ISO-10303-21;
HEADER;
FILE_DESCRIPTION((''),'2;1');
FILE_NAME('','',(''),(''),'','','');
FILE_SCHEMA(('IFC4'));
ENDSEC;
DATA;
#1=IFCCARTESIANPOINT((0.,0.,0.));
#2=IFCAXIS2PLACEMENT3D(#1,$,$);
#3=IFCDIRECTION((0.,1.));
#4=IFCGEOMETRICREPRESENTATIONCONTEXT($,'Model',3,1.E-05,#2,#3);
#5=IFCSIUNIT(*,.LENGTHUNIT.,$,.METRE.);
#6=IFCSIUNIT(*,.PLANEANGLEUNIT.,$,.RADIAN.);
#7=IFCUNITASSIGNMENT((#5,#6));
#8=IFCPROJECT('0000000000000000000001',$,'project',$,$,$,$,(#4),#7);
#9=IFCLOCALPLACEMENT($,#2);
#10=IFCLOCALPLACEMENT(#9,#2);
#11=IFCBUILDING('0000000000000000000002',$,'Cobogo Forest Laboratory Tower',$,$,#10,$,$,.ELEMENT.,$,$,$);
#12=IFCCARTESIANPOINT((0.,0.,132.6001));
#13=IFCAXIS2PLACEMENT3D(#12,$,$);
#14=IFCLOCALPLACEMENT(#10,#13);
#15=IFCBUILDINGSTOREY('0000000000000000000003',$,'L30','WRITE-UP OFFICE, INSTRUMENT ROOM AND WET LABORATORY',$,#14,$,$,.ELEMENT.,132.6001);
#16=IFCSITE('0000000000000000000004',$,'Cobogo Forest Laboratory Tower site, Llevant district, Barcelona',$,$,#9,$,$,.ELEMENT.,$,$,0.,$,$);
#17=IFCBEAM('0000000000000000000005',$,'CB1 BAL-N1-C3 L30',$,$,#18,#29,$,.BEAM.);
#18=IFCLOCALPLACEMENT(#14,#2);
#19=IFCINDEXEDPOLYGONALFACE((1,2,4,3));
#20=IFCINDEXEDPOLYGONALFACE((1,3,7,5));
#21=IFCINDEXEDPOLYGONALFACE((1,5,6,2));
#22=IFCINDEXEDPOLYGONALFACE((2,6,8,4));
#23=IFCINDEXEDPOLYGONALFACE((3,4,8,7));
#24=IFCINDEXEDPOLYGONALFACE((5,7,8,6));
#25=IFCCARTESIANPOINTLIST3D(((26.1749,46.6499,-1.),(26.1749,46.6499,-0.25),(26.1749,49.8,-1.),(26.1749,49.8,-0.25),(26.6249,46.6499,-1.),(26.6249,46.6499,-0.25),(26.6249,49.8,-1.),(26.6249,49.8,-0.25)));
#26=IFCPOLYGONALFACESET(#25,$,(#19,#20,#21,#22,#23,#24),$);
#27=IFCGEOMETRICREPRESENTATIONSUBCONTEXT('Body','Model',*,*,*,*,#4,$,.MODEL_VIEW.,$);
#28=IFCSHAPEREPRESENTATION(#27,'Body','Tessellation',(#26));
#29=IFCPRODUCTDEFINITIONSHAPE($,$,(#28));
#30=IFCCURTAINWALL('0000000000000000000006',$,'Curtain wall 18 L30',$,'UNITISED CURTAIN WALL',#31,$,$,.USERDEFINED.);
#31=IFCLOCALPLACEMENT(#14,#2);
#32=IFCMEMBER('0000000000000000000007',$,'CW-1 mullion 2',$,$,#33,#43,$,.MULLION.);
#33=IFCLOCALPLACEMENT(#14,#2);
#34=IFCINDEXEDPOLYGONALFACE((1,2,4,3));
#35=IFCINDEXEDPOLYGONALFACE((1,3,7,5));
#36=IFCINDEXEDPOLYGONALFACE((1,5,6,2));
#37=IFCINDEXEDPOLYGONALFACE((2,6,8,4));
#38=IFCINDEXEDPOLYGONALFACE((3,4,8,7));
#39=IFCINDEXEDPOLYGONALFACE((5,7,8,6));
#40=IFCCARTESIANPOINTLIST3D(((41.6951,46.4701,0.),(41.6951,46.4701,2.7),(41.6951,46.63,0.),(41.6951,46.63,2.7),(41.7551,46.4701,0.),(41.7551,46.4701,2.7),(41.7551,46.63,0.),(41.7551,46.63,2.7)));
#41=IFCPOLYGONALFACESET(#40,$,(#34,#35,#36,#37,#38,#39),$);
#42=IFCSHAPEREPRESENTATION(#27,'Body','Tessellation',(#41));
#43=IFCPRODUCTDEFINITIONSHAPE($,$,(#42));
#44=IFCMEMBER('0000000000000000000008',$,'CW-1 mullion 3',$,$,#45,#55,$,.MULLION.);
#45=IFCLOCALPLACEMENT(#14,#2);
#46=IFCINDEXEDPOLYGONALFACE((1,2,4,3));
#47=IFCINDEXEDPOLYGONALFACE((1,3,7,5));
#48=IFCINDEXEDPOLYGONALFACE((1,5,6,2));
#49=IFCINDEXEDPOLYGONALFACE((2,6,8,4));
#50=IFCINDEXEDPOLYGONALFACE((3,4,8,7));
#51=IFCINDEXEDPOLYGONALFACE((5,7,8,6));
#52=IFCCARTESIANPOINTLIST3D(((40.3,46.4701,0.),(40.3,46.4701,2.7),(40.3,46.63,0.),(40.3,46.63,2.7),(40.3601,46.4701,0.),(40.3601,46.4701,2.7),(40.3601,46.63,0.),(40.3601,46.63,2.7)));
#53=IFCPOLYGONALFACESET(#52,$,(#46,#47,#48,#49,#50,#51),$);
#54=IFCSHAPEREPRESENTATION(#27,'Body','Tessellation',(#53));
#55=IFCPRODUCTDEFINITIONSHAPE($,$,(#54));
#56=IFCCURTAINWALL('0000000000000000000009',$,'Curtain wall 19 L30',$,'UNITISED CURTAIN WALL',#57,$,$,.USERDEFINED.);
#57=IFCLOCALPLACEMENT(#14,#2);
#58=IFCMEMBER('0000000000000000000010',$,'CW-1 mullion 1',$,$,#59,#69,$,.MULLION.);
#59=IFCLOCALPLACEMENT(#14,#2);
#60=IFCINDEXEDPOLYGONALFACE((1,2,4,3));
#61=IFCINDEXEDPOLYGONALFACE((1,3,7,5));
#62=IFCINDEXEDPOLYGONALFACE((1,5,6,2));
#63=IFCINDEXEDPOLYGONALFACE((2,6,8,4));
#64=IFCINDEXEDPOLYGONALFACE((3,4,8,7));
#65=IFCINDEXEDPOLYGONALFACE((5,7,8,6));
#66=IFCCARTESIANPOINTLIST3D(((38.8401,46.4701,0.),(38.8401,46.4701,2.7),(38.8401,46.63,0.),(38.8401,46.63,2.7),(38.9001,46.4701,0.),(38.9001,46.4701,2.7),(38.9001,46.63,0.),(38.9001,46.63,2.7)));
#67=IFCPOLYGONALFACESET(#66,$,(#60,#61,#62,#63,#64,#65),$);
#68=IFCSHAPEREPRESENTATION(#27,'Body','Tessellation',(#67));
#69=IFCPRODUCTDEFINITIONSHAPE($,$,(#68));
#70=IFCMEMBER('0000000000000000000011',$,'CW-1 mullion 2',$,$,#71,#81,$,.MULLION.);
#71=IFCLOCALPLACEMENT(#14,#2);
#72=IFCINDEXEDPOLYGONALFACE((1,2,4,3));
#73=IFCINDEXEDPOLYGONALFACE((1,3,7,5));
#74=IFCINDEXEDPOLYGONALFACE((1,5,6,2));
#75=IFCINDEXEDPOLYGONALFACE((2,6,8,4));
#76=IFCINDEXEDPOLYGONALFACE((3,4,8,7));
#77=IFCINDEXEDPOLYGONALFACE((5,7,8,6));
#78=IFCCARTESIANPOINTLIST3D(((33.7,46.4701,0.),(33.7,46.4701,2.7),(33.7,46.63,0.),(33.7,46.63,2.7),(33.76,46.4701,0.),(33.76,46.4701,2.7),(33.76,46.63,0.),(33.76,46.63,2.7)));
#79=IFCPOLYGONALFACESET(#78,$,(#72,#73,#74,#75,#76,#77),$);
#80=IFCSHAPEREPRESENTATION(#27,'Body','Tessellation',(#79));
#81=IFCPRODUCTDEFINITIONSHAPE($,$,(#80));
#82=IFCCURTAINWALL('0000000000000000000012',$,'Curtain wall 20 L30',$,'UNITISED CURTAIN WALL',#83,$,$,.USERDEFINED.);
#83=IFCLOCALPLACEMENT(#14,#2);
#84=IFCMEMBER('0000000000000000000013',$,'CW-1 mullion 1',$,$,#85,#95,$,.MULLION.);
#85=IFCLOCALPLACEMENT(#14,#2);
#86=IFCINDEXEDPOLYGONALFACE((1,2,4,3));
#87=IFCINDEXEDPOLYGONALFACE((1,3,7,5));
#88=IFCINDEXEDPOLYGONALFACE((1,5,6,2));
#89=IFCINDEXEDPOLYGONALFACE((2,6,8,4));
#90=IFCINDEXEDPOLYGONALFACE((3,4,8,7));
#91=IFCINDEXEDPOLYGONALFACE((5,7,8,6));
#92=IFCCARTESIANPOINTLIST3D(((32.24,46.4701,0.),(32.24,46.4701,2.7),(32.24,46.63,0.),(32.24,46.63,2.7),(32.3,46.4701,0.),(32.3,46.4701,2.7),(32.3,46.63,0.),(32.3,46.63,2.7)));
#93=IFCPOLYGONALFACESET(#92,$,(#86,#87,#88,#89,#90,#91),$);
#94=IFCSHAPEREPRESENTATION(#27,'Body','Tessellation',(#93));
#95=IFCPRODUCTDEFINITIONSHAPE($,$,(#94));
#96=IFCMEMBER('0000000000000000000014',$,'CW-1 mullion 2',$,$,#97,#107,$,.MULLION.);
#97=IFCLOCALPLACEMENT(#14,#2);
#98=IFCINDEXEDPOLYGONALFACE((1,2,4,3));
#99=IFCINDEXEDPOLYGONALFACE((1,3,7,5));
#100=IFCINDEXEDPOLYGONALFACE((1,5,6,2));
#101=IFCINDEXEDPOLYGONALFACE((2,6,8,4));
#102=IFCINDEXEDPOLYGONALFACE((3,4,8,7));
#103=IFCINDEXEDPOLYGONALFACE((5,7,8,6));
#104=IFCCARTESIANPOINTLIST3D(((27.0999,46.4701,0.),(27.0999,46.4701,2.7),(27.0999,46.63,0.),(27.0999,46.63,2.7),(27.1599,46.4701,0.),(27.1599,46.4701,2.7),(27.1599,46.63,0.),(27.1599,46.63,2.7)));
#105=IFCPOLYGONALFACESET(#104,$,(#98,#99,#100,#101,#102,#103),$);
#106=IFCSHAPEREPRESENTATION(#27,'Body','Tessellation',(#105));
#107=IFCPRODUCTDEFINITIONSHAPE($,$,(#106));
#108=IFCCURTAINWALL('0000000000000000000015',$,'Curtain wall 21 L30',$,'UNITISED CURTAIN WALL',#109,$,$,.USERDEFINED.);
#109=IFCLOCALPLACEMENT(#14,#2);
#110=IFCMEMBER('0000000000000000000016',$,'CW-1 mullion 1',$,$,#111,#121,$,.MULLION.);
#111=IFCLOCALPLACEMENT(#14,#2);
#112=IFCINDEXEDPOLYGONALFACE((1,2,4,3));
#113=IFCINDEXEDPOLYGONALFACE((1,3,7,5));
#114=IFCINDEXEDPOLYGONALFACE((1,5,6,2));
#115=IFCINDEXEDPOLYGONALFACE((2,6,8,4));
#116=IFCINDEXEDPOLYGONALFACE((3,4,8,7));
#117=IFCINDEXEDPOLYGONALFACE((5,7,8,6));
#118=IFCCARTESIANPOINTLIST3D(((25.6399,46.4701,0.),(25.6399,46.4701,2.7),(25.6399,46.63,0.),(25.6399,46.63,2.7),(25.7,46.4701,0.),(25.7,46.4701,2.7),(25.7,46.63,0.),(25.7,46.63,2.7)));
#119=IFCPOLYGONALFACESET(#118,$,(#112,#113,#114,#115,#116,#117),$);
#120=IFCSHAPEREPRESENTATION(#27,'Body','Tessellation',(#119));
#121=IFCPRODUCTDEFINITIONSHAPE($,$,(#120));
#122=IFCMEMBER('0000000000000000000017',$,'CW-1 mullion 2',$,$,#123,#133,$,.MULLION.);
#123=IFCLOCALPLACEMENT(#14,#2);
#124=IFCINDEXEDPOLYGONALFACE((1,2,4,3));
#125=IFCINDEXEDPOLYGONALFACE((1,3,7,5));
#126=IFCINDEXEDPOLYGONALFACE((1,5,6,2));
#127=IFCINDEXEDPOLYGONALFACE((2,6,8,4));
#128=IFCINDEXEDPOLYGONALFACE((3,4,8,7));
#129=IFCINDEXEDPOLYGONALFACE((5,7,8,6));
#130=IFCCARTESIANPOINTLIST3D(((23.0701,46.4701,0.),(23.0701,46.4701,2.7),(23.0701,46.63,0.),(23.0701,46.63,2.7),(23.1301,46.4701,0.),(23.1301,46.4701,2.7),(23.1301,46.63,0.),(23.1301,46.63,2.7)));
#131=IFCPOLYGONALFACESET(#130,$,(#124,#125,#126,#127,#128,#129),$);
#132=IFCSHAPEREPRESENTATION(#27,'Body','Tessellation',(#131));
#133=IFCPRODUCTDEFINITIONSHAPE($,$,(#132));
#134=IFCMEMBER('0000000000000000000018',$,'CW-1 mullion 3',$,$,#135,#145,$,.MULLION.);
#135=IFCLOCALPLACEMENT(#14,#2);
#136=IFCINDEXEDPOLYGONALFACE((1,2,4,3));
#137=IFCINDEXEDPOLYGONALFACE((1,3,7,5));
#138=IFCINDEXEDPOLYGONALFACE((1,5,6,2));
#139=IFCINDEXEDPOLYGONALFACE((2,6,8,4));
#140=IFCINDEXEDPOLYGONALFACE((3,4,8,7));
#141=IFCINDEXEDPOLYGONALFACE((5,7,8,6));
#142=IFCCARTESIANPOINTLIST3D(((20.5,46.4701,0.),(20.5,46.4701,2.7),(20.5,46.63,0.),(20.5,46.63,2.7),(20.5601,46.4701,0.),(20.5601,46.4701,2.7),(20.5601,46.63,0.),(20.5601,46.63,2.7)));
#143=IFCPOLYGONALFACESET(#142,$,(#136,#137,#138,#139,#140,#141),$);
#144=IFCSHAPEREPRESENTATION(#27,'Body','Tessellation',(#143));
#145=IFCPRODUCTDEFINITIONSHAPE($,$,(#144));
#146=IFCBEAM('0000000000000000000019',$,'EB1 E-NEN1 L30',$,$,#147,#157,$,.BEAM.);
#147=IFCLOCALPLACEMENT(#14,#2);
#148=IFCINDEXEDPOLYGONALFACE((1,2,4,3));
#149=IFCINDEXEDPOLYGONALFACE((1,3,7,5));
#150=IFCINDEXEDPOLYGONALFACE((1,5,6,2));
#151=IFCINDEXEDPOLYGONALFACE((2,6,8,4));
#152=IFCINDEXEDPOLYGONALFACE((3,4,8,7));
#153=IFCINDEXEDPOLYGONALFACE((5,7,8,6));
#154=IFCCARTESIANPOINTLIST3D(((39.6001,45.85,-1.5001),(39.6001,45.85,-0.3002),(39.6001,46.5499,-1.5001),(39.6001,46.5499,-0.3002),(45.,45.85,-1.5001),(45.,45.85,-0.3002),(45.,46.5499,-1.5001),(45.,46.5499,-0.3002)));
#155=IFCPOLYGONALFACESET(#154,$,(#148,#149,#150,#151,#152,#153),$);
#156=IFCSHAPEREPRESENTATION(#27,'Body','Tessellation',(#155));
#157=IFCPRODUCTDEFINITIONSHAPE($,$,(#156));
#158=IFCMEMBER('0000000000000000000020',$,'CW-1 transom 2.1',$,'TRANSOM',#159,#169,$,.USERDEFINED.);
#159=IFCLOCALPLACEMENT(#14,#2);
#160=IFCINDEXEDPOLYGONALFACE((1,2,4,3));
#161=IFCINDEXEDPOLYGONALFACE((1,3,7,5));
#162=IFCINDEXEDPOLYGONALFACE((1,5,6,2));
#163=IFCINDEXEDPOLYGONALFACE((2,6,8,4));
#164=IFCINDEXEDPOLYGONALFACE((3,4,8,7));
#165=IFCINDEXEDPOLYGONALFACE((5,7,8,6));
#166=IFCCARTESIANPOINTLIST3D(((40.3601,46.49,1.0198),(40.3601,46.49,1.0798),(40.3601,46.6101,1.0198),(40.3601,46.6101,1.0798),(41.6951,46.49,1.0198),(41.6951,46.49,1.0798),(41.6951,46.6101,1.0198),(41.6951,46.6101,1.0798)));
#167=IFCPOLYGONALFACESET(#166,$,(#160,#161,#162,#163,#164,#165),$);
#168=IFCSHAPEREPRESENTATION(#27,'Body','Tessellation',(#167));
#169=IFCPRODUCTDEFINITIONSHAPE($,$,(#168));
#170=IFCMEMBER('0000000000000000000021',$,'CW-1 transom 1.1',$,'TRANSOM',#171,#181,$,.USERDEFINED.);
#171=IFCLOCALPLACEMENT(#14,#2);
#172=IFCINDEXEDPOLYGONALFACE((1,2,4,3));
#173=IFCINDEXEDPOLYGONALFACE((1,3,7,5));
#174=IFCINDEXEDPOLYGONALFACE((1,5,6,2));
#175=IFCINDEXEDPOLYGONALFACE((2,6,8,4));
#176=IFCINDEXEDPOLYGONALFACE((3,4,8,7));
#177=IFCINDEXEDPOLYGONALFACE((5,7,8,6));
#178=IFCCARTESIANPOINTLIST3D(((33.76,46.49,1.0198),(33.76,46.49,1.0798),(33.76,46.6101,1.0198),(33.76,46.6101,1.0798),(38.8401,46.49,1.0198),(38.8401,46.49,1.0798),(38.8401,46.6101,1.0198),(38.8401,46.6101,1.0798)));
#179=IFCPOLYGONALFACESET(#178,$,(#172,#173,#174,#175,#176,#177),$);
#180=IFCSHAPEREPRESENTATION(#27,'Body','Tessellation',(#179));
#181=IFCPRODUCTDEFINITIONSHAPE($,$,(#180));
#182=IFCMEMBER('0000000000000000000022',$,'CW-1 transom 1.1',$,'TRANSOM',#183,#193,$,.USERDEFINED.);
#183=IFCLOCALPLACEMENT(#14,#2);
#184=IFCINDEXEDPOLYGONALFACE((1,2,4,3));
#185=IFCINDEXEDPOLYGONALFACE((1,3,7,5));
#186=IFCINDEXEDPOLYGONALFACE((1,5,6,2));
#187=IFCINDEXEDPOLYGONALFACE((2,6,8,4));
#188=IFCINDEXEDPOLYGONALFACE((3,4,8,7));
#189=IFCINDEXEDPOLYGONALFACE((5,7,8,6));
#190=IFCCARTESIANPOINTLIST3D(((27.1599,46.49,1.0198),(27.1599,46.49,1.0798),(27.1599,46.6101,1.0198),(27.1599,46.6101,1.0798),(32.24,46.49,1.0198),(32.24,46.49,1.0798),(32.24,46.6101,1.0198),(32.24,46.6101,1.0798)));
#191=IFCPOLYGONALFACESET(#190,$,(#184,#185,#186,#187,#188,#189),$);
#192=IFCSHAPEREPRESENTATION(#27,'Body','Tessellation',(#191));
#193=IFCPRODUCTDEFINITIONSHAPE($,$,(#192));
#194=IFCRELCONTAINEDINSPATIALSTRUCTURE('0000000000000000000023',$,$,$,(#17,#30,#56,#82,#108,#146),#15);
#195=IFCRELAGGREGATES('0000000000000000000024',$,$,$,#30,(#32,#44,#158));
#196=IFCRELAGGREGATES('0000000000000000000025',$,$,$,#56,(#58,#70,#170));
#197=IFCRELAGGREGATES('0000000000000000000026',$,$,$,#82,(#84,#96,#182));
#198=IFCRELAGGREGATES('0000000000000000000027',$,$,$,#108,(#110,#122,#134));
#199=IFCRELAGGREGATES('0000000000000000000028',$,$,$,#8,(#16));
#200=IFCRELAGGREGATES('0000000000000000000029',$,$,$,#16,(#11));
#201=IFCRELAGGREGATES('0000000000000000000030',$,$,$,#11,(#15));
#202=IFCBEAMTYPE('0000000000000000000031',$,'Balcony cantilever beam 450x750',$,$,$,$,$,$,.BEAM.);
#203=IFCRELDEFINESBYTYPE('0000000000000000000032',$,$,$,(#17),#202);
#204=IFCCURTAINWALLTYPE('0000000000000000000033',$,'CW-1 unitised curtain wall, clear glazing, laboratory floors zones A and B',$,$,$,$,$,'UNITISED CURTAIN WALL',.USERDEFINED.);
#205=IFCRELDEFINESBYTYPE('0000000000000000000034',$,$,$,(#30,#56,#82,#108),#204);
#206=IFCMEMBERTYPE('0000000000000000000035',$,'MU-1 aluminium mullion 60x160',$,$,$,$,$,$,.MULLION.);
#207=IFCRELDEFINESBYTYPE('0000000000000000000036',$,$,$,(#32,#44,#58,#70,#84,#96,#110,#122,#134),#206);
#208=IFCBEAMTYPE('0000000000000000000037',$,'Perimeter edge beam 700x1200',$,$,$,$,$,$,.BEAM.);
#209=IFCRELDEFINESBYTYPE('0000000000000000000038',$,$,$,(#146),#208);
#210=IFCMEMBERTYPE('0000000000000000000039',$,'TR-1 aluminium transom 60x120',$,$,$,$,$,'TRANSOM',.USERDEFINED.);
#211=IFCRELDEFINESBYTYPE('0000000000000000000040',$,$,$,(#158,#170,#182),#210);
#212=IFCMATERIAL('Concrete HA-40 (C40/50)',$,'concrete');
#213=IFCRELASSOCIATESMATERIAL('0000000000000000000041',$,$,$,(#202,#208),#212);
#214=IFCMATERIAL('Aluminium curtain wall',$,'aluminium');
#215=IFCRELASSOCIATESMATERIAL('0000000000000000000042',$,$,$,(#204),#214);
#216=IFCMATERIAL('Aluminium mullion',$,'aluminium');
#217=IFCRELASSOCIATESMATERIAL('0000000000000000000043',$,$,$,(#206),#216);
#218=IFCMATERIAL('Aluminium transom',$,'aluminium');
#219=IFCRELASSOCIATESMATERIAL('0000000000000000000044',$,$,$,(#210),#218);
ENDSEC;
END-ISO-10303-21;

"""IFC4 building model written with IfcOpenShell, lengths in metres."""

from ifc_helpers import new_model, si_unit, direction, frame, origin, origin_2d, place, context, subcontext, project, spatial, rectangle, extrude, material, material_profile, profile_set, type_object, element, aggregate, save


model = new_model("IFC4")

# Units and contexts
model_context = context("Model", 3, precision=1e-05, world=origin(), true_north=direction((0.0, 1.0)))
body_context = subcontext(model_context, "Body", "Model", "MODEL_VIEW")
ifc_project = project(units=[si_unit("LENGTHUNIT", "METRE"), si_unit("PLANEANGLEUNIT", "RADIAN")], contexts=[model_context])

# Site, building, storey
site_placement = place(None, origin())
site = spatial("IfcSite", under=ifc_project, at=site_placement, Name="Cobogo Forest Laboratory Tower site, Llevant district, Barcelona", CompositionType="ELEMENT", RefElevation=0.0)
building_placement = place(site_placement, origin())
building = spatial("IfcBuilding", under=site, at=building_placement, Name="Cobogo Forest Laboratory Tower", CompositionType="ELEMENT")
storey_placement = place(building_placement, frame((0.0, 0.0, 132.6001)))
storey = spatial("IfcBuildingStorey", under=building, at=storey_placement, Name="L30", Description="WRITE-UP OFFICE, INSTRUMENT ROOM AND WET LABORATORY", CompositionType="ELEMENT", Elevation=132.6001)

# Beam
ifc_material_1 = material(Name="Concrete HA-40 (C40/50)", Category="concrete")
ifc_material_profile_1 = material_profile(ifc_material_1, rectangle(XDim=0.45, YDim=0.75, at=origin_2d()), Name="RC 450x750")
ifc_profile_set_1 = profile_set([ifc_material_profile_1], Name="Concrete HA-40 (C40/50)")
beam_type_1 = type_object("IfcBeamType", Name="Balcony cantilever beam 450x750", PredefinedType="BEAM", material=ifc_profile_set_1)
beam_1_placement = place(storey_placement, frame((26.3999, 46.6499, -0.625), z_axis=(0.0, 1.0, 0.0), x_axis=(-1.0, 0.0, 0.0)))
element("IfcBeam", 1, at=beam_1_placement, inside=storey, type_object=beam_type_1, Name="CB1 BAL-N1-C3 L30", PredefinedType="BEAM", context=body_context, shape_type="SweptSolid", body=[
    extrude(rectangle(XDim=0.45, YDim=0.75, at=origin_2d()), origin(), (0.0, 0.0, 1.0), 3.1501),
])

# Curtain walls, members
ifc_material_2 = material(Name="Aluminium curtain wall", Category="aluminium")
curtain_wall_type = type_object("IfcCurtainWallType", Name="CW-1 unitised curtain wall, clear glazing, laboratory floors zones A and B", ElementType="UNITISED CURTAIN WALL", PredefinedType="USERDEFINED", material=ifc_material_2)
curtain_wall_1_placement = place(storey_placement, origin())
curtain_wall_1 = element("IfcCurtainWall", 2, at=curtain_wall_1_placement, inside=storey, type_object=curtain_wall_type, Name="Curtain wall 18 L30", ObjectType="UNITISED CURTAIN WALL", PredefinedType="USERDEFINED")
ifc_material_3 = material(Name="Aluminium mullion", Category="aluminium")
ifc_material_profile_2 = material_profile(ifc_material_3, rectangle(XDim=0.0601, YDim=0.1599, at=origin_2d()), Name="AL 60x160")
ifc_profile_set_2 = profile_set([ifc_material_profile_2], Name="Aluminium mullion")
member_type_1 = type_object("IfcMemberType", Name="MU-1 aluminium mullion 60x160", PredefinedType="MULLION", material=ifc_profile_set_2)
member_1_placement = place(storey_placement, frame((41.7251, 46.55, 0.0), z_axis=(0.0, 0.0, 1.0), x_axis=(-1.0, 0.0, 0.0)))
member_1 = element("IfcMember", 3, at=member_1_placement, type_object=member_type_1, Name="CW-1 mullion 2", PredefinedType="MULLION", context=body_context, shape_type="SweptSolid", body=[
    extrude(rectangle(XDim=0.0601, YDim=0.1599, at=origin_2d()), origin(), (0.0, 0.0, 1.0), 2.7),
])
member_2_placement = place(storey_placement, frame((40.3301, 46.55, 0.0), z_axis=(0.0, 0.0, 1.0), x_axis=(-1.0, 0.0, 0.0)))
member_2 = element("IfcMember", 4, at=member_2_placement, type_object=member_type_1, Name="CW-1 mullion 3", PredefinedType="MULLION", context=body_context, shape_type="SweptSolid", body=[
    extrude(rectangle(XDim=0.0601, YDim=0.1599, at=origin_2d()), origin(), (0.0, 0.0, 1.0), 2.7),
])
curtain_wall_2_placement = place(storey_placement, origin())
curtain_wall_2 = element("IfcCurtainWall", 5, at=curtain_wall_2_placement, inside=storey, type_object=curtain_wall_type, Name="Curtain wall 19 L30", ObjectType="UNITISED CURTAIN WALL", PredefinedType="USERDEFINED")
member_3_placement = place(storey_placement, frame((38.8701, 46.55, 0.0), z_axis=(0.0, 0.0, 1.0), x_axis=(-1.0, 0.0, 0.0)))
member_3 = element("IfcMember", 6, at=member_3_placement, type_object=member_type_1, Name="CW-1 mullion 1", PredefinedType="MULLION", context=body_context, shape_type="SweptSolid", body=[
    extrude(rectangle(XDim=0.0601, YDim=0.1599, at=origin_2d()), origin(), (0.0, 0.0, 1.0), 2.7),
])
member_4_placement = place(storey_placement, frame((33.73, 46.55, 0.0), z_axis=(0.0, 0.0, 1.0), x_axis=(-1.0, 0.0, 0.0)))
member_4 = element("IfcMember", 7, at=member_4_placement, type_object=member_type_1, Name="CW-1 mullion 2", PredefinedType="MULLION", context=body_context, shape_type="SweptSolid", body=[
    extrude(rectangle(XDim=0.0601, YDim=0.1599, at=origin_2d()), origin(), (0.0, 0.0, 1.0), 2.7),
])
curtain_wall_3_placement = place(storey_placement, origin())
curtain_wall_3 = element("IfcCurtainWall", 8, at=curtain_wall_3_placement, inside=storey, type_object=curtain_wall_type, Name="Curtain wall 20 L30", ObjectType="UNITISED CURTAIN WALL", PredefinedType="USERDEFINED")
member_5_placement = place(storey_placement, frame((32.27, 46.55, 0.0), z_axis=(0.0, 0.0, 1.0), x_axis=(-1.0, 0.0, 0.0)))
member_5 = element("IfcMember", 9, at=member_5_placement, type_object=member_type_1, Name="CW-1 mullion 1", PredefinedType="MULLION", context=body_context, shape_type="SweptSolid", body=[
    extrude(rectangle(XDim=0.0601, YDim=0.1599, at=origin_2d()), origin(), (0.0, 0.0, 1.0), 2.7),
])
member_6_placement = place(storey_placement, frame((27.1299, 46.55, 0.0), z_axis=(0.0, 0.0, 1.0), x_axis=(-1.0, 0.0, 0.0)))
member_6 = element("IfcMember", 10, at=member_6_placement, type_object=member_type_1, Name="CW-1 mullion 2", PredefinedType="MULLION", context=body_context, shape_type="SweptSolid", body=[
    extrude(rectangle(XDim=0.0601, YDim=0.1599, at=origin_2d()), origin(), (0.0, 0.0, 1.0), 2.7),
])
curtain_wall_4_placement = place(storey_placement, origin())
curtain_wall_4 = element("IfcCurtainWall", 11, at=curtain_wall_4_placement, inside=storey, type_object=curtain_wall_type, Name="Curtain wall 21 L30", ObjectType="UNITISED CURTAIN WALL", PredefinedType="USERDEFINED")
member_7_placement = place(storey_placement, frame((25.6699, 46.55, 0.0), z_axis=(0.0, 0.0, 1.0), x_axis=(-1.0, 0.0, 0.0)))
member_7 = element("IfcMember", 12, at=member_7_placement, type_object=member_type_1, Name="CW-1 mullion 1", PredefinedType="MULLION", context=body_context, shape_type="SweptSolid", body=[
    extrude(rectangle(XDim=0.0601, YDim=0.1599, at=origin_2d()), origin(), (0.0, 0.0, 1.0), 2.7),
])
member_8_placement = place(storey_placement, frame((23.1001, 46.55, 0.0), z_axis=(0.0, 0.0, 1.0), x_axis=(-1.0, 0.0, 0.0)))
member_8 = element("IfcMember", 13, at=member_8_placement, type_object=member_type_1, Name="CW-1 mullion 2", PredefinedType="MULLION", context=body_context, shape_type="SweptSolid", body=[
    extrude(rectangle(XDim=0.0601, YDim=0.1599, at=origin_2d()), origin(), (0.0, 0.0, 1.0), 2.7),
])
member_9_placement = place(storey_placement, frame((20.53, 46.55, 0.0), z_axis=(0.0, 0.0, 1.0), x_axis=(-1.0, 0.0, 0.0)))
member_9 = element("IfcMember", 14, at=member_9_placement, type_object=member_type_1, Name="CW-1 mullion 3", PredefinedType="MULLION", context=body_context, shape_type="SweptSolid", body=[
    extrude(rectangle(XDim=0.0601, YDim=0.1599, at=origin_2d()), origin(), (0.0, 0.0, 1.0), 2.7),
])

# Beam
ifc_material_profile_3 = material_profile(ifc_material_1, rectangle(XDim=0.7, YDim=1.2, at=origin_2d()), Name="RC 700x1200")
ifc_profile_set_3 = profile_set([ifc_material_profile_3], Name="Concrete HA-40 (C40/50)")
beam_type_2 = type_object("IfcBeamType", Name="Perimeter edge beam 700x1200", PredefinedType="BEAM", material=ifc_profile_set_3)
beam_2_placement = place(storey_placement, frame((39.6001, 46.2, -0.9001), z_axis=(1.0, 0.0, 0.0), x_axis=(0.0, 1.0, 0.0)))
element("IfcBeam", 15, at=beam_2_placement, inside=storey, type_object=beam_type_2, Name="EB1 E-NEN1 L30", PredefinedType="BEAM", context=body_context, shape_type="SweptSolid", body=[
    extrude(rectangle(XDim=0.7, YDim=1.2, at=origin_2d()), origin(), (0.0, 0.0, 1.0), 5.3999),
])

# Members
ifc_material_4 = material(Name="Aluminium transom", Category="aluminium")
ifc_material_profile_4 = material_profile(ifc_material_4, rectangle(XDim=0.1201, YDim=0.0601, at=origin_2d()), Name="AL 60x120")
ifc_profile_set_4 = profile_set([ifc_material_profile_4], Name="Aluminium transom")
member_type_2 = type_object("IfcMemberType", Name="TR-1 aluminium transom 60x120", ElementType="TRANSOM", PredefinedType="USERDEFINED", material=ifc_profile_set_4)
member_10_placement = place(storey_placement, frame((41.6951, 46.55, 1.0498), z_axis=(-1.0, 0.0, 0.0), x_axis=(0.0, -1.0, 0.0)))
member_10 = element("IfcMember", 16, at=member_10_placement, type_object=member_type_2, Name="CW-1 transom 2.1", ObjectType="TRANSOM", PredefinedType="USERDEFINED", context=body_context, shape_type="SweptSolid", body=[
    extrude(rectangle(XDim=0.1201, YDim=0.0601, at=origin_2d()), origin(), (0.0, 0.0, 1.0), 1.335),
])
member_11_placement = place(storey_placement, frame((38.8401, 46.55, 1.0498), z_axis=(-1.0, 0.0, 0.0), x_axis=(0.0, -1.0, 0.0)))
member_11 = element("IfcMember", 17, at=member_11_placement, type_object=member_type_2, Name="CW-1 transom 1.1", ObjectType="TRANSOM", PredefinedType="USERDEFINED", context=body_context, shape_type="SweptSolid", body=[
    extrude(rectangle(XDim=0.1201, YDim=0.0601, at=origin_2d()), origin(), (0.0, 0.0, 1.0), 5.0801),
])
member_12_placement = place(storey_placement, frame((32.24, 46.55, 1.0498), z_axis=(-1.0, 0.0, 0.0), x_axis=(0.0, -1.0, 0.0)))
member_12 = element("IfcMember", 18, at=member_12_placement, type_object=member_type_2, Name="CW-1 transom 1.1", ObjectType="TRANSOM", PredefinedType="USERDEFINED", context=body_context, shape_type="SweptSolid", body=[
    extrude(rectangle(XDim=0.1201, YDim=0.0601, at=origin_2d()), origin(), (0.0, 0.0, 1.0), 5.0801),
])

aggregate(curtain_wall_1, [member_1, member_2, member_10])
aggregate(curtain_wall_2, [member_3, member_4, member_11])
aggregate(curtain_wall_3, [member_5, member_6, member_12])
aggregate(curtain_wall_4, [member_7, member_8, member_9])

save(model, "model.ifc")
